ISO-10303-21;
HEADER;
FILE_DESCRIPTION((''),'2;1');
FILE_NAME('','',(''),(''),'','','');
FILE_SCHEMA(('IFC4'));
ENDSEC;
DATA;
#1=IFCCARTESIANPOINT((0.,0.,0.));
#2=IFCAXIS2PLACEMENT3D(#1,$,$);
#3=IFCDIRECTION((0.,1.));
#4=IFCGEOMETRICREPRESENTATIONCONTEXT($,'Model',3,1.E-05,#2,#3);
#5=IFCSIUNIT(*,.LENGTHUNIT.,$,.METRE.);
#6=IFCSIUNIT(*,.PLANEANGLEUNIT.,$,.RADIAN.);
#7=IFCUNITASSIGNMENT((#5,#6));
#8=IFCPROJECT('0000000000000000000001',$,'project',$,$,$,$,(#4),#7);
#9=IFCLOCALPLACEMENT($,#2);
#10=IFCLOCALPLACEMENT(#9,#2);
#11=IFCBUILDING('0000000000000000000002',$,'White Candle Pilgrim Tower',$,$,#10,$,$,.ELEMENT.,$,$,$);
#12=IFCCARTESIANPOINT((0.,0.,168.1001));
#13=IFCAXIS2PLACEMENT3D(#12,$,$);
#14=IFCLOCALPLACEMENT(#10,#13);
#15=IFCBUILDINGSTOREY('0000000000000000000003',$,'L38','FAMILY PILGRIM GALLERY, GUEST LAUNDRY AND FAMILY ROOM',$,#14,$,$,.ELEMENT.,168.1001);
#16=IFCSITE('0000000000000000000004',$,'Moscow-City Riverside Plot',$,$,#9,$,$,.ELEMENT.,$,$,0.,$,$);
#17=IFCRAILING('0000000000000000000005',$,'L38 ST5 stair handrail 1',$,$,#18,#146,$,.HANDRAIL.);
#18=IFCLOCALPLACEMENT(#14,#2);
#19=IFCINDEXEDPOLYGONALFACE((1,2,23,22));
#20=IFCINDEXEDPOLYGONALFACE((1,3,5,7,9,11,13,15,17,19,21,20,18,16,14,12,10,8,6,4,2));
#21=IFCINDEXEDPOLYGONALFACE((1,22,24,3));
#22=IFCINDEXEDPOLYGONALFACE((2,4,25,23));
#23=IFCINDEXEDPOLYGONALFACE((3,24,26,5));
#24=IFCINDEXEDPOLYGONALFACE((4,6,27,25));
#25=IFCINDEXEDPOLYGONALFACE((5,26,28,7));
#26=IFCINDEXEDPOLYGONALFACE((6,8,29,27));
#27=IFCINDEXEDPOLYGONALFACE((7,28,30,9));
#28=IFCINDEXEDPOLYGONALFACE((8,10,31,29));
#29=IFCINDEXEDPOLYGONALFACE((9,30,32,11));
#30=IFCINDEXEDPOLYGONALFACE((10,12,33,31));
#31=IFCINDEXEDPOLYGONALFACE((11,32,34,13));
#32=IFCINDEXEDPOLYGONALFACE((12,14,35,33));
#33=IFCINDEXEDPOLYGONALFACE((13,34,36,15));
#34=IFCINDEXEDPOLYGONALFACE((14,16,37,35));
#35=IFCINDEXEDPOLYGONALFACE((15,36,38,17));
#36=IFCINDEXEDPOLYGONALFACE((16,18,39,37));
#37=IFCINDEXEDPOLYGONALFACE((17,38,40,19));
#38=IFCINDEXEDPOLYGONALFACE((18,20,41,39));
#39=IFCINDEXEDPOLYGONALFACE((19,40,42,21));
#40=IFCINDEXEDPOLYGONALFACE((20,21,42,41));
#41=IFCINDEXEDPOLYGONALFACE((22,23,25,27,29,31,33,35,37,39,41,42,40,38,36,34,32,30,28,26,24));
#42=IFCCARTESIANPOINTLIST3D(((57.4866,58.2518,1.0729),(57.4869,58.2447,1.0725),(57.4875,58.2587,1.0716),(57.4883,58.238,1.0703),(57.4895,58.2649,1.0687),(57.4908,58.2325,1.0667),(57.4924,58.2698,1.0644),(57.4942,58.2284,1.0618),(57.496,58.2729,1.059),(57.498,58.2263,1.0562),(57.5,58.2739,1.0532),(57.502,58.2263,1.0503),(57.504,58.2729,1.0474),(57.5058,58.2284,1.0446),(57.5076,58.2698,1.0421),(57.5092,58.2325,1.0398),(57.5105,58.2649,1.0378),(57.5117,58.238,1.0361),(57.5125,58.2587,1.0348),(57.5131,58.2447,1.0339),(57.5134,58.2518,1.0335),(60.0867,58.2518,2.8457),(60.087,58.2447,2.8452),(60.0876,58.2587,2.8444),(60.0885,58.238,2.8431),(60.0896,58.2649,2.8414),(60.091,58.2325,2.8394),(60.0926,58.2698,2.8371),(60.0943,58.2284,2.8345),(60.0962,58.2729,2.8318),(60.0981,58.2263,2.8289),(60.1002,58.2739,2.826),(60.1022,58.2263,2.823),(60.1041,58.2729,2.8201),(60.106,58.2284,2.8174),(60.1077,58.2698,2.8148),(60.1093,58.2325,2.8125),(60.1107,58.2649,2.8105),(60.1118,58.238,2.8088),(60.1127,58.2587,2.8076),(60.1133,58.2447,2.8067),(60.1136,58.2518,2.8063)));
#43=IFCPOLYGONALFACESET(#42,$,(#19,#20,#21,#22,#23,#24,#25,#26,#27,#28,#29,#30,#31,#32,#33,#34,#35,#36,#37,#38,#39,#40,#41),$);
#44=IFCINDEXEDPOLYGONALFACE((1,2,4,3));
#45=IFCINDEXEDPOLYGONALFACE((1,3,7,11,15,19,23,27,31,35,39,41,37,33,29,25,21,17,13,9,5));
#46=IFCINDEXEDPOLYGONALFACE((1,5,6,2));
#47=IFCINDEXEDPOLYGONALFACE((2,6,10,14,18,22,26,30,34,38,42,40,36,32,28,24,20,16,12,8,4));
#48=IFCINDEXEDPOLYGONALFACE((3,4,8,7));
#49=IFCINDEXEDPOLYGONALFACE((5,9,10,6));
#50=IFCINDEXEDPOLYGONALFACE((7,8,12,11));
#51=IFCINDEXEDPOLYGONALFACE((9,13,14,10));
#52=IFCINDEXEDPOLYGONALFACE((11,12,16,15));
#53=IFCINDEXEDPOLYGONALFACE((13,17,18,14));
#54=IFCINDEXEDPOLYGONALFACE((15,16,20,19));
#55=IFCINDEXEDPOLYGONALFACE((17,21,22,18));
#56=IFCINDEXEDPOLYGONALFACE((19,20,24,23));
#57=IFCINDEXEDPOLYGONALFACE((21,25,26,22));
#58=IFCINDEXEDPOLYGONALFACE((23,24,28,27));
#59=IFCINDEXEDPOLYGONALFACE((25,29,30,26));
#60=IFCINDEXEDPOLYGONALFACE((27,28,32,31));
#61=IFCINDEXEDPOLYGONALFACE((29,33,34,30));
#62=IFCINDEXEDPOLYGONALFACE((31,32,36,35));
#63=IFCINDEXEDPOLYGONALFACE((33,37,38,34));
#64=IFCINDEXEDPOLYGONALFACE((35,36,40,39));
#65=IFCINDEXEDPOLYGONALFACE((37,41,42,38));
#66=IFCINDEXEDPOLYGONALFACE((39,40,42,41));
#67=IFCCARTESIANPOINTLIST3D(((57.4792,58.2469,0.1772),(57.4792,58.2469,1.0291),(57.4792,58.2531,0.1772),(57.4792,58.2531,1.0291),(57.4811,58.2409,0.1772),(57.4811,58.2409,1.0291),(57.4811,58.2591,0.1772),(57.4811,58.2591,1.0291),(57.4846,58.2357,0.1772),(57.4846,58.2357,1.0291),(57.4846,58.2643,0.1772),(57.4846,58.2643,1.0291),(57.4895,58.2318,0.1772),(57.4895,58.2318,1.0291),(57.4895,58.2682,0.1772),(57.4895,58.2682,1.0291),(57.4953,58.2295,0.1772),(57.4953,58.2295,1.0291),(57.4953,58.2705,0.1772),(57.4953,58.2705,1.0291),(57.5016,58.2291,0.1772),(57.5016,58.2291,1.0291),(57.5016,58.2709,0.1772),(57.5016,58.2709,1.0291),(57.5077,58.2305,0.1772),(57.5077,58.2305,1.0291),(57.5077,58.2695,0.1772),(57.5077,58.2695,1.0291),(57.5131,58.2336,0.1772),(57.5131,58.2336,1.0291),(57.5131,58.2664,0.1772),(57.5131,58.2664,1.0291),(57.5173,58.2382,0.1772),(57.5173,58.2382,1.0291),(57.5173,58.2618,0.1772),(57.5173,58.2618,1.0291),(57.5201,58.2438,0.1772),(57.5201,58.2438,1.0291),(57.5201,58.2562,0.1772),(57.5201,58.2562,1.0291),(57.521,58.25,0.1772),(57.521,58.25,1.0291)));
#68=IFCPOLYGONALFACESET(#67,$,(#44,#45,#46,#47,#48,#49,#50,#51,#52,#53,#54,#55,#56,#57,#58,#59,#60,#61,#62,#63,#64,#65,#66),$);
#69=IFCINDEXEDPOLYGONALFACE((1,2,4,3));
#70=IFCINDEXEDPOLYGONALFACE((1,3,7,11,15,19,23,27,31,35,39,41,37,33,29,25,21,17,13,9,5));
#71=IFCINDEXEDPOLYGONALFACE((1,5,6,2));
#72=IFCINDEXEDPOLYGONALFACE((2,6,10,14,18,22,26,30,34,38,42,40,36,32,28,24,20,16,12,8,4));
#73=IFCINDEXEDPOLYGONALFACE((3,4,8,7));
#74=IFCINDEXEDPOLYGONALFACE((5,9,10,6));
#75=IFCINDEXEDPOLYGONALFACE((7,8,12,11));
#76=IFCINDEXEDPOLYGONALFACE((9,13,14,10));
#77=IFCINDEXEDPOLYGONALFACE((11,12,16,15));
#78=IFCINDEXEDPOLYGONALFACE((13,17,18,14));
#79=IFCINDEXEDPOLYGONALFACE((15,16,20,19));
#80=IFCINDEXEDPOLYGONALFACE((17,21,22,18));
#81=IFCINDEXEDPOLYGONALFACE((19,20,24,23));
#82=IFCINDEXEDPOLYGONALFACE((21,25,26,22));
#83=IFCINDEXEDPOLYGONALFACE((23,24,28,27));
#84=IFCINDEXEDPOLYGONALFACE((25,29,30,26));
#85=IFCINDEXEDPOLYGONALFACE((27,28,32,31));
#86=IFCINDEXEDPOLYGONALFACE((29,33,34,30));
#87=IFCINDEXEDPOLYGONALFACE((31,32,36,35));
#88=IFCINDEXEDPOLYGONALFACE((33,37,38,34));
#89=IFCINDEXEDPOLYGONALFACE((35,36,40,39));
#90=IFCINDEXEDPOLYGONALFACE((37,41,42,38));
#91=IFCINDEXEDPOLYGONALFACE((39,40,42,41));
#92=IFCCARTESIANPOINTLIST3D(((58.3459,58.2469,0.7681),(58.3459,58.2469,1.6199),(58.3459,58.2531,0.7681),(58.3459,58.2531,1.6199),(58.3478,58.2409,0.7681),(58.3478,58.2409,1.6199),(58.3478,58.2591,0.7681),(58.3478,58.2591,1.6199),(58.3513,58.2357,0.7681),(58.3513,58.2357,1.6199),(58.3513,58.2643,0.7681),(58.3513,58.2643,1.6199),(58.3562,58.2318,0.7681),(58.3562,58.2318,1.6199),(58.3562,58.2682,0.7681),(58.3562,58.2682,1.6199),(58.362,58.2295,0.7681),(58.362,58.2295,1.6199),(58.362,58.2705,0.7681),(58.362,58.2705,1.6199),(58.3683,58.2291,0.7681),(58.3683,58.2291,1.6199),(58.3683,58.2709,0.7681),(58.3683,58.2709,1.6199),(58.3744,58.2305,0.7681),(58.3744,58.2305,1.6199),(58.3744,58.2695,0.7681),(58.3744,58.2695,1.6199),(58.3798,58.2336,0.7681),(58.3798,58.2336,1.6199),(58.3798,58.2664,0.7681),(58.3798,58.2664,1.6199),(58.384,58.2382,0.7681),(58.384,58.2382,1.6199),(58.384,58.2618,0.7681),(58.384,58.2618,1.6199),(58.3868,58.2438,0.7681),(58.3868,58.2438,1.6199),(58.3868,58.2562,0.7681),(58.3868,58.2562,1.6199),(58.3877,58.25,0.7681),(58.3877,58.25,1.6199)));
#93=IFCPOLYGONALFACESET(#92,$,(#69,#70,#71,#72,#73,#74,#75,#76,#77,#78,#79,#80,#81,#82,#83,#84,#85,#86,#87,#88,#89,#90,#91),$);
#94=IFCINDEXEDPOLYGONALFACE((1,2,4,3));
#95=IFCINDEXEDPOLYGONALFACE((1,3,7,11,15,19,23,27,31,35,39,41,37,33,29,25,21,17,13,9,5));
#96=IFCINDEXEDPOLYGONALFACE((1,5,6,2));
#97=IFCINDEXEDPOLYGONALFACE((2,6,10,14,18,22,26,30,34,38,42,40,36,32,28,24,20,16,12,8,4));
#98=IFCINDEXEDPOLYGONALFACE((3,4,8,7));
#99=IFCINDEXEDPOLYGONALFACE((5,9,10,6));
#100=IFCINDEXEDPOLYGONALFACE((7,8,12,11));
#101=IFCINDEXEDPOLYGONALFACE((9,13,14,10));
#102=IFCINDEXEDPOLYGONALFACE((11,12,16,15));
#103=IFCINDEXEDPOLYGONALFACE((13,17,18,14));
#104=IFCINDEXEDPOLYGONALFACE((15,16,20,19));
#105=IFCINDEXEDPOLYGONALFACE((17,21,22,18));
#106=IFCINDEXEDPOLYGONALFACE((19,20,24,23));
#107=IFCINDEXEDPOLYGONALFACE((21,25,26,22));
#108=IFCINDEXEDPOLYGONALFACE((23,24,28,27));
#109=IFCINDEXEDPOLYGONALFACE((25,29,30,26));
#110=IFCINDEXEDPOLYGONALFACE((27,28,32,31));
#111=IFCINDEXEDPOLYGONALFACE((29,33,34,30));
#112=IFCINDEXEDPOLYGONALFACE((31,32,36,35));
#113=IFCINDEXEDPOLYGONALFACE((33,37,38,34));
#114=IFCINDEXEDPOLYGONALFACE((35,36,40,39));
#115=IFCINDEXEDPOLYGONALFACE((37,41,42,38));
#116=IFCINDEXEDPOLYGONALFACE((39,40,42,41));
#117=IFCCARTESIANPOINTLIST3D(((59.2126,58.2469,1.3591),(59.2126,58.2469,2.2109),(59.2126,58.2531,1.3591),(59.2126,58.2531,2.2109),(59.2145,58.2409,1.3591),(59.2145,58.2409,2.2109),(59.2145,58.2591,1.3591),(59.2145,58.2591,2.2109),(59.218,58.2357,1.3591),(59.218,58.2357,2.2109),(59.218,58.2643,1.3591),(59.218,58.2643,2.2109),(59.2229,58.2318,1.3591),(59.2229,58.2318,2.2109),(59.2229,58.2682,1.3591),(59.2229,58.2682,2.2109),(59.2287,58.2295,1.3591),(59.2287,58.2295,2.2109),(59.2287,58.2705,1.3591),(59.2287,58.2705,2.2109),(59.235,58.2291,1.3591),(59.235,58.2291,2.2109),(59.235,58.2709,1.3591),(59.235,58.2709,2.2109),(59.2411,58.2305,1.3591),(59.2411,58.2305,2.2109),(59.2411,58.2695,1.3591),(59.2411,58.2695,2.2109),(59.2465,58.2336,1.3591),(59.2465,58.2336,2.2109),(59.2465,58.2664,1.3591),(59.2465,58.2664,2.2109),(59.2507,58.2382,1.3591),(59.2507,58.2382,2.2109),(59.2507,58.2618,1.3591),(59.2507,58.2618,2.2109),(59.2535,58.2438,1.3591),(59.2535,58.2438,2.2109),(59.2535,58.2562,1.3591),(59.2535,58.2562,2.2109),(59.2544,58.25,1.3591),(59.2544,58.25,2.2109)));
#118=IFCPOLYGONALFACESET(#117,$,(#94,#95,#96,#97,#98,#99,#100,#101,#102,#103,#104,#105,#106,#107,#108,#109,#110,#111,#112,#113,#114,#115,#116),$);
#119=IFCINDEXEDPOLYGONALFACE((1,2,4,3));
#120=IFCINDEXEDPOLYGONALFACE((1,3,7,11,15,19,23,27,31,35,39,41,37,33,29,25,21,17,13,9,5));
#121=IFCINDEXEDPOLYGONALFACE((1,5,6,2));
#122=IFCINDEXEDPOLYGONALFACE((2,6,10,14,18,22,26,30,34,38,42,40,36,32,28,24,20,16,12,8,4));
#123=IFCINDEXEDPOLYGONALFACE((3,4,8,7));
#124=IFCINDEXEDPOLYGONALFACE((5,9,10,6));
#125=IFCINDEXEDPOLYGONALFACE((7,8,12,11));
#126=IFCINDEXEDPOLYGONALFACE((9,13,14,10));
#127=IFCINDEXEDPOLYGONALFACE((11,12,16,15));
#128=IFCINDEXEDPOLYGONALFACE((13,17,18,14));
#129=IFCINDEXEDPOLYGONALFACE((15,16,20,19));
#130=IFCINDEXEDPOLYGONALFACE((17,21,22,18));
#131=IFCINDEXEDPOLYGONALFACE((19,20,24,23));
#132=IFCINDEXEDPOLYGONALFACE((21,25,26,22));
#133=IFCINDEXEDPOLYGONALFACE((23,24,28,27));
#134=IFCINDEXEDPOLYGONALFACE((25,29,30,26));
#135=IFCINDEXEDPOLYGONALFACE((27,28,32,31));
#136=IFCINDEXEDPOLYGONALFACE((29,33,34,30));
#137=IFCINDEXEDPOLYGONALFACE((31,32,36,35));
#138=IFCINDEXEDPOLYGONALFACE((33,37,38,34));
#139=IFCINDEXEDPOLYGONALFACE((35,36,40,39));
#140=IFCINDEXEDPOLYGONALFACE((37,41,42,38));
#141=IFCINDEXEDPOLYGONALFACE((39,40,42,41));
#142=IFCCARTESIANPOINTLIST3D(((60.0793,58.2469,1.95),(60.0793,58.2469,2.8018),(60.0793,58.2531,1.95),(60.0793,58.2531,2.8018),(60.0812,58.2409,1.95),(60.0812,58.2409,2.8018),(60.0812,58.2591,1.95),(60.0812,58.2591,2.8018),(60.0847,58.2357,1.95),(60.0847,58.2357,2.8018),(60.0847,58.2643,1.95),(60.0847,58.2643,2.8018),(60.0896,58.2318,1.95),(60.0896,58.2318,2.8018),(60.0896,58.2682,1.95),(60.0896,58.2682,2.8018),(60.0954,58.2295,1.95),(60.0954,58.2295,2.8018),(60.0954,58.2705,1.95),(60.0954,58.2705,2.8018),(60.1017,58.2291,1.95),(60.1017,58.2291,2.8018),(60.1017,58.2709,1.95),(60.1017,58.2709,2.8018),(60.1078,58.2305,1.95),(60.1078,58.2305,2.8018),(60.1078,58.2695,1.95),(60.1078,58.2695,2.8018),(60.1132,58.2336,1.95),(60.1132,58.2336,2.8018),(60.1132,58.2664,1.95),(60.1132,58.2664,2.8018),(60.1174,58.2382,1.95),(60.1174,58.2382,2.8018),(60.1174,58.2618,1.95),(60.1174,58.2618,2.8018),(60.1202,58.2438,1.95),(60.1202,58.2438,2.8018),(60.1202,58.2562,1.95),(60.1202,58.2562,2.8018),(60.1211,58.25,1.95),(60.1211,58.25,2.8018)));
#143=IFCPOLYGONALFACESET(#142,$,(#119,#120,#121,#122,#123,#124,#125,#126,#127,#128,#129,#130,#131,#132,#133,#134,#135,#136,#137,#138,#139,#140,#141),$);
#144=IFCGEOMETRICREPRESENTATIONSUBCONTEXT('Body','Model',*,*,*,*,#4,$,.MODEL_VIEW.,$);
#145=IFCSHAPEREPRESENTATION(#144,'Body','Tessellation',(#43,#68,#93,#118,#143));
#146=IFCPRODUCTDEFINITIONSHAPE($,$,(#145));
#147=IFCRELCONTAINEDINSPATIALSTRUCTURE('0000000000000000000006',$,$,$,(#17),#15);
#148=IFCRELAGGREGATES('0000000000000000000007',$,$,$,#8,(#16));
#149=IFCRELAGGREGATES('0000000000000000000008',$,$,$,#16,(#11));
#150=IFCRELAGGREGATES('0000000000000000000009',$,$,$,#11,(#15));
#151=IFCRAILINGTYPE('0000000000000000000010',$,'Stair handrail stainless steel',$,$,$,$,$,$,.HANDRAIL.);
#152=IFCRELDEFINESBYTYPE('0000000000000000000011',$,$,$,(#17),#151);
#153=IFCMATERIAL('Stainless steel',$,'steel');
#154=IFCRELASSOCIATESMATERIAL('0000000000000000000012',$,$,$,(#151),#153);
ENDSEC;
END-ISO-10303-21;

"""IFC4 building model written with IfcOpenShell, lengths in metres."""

from ifc_helpers import new_model, si_unit, direction, frame, origin, origin_2d, place, context, subcontext, project, spatial, circle, extrude, material, type_object, element, save


model = new_model("IFC4")

# Units and contexts
model_context = context("Model", 3, precision=1e-05, world=origin(), true_north=direction((0.0, 1.0)))
body_context = subcontext(model_context, "Body", "Model", "MODEL_VIEW")
ifc_project = project(units=[si_unit("LENGTHUNIT", "METRE"), si_unit("PLANEANGLEUNIT", "RADIAN")], contexts=[model_context])

# Site, building, storey
site_placement = place(None, origin())
site = spatial("IfcSite", under=ifc_project, at=site_placement, Name="Moscow-City Riverside Plot", CompositionType="ELEMENT", RefElevation=0.0)
building_placement = place(site_placement, origin())
building = spatial("IfcBuilding", under=site, at=building_placement, Name="White Candle Pilgrim Tower", CompositionType="ELEMENT")
storey_placement = place(building_placement, frame((0.0, 0.0, 168.1001)))
storey = spatial("IfcBuildingStorey", under=building, at=storey_placement, Name="L38", Description="FAMILY PILGRIM GALLERY, GUEST LAUNDRY AND FAMILY ROOM", CompositionType="ELEMENT", Elevation=168.1001)

# Railing
ifc_material_1 = material(Name="Stainless steel", Category="steel")
railing_type_1 = type_object("IfcRailingType", Name="Stair handrail stainless steel", PredefinedType="HANDRAIL", material=ifc_material_1)
railing_1_placement = place(storey_placement, frame((57.5, 58.25, 0.1772)))
element("IfcRailing", 1, at=railing_1_placement, inside=storey, type_object=railing_type_1, Name="L38 ST5 stair handrail 1", PredefinedType="HANDRAIL", context=body_context, shape_type="SweptSolid", body=[
    extrude(circle(Radius=0.0239, at=origin_2d()), frame((0.0, 0.0, 0.876), z_axis=(0.82624, 0.0, 0.563318), x_axis=(0.0, 1.0, 0.0)), (0.0, 0.0, 1.0), 3.147),
    extrude(circle(Radius=0.021, at=origin_2d()), origin(), (0.0, 0.0, 1.0), 0.8518),
    extrude(circle(Radius=0.021, at=origin_2d()), frame((0.8667, 0.0, 0.5908)), (0.0, 0.0, 1.0), 0.8518),
    extrude(circle(Radius=0.021, at=origin_2d()), frame((1.7334, 0.0, 1.1819)), (0.0, 0.0, 1.0), 0.8518),
    extrude(circle(Radius=0.021, at=origin_2d()), frame((2.6001, 0.0, 1.7727)), (0.0, 0.0, 1.0), 0.8518),
])

save(model, "model.ifc")
